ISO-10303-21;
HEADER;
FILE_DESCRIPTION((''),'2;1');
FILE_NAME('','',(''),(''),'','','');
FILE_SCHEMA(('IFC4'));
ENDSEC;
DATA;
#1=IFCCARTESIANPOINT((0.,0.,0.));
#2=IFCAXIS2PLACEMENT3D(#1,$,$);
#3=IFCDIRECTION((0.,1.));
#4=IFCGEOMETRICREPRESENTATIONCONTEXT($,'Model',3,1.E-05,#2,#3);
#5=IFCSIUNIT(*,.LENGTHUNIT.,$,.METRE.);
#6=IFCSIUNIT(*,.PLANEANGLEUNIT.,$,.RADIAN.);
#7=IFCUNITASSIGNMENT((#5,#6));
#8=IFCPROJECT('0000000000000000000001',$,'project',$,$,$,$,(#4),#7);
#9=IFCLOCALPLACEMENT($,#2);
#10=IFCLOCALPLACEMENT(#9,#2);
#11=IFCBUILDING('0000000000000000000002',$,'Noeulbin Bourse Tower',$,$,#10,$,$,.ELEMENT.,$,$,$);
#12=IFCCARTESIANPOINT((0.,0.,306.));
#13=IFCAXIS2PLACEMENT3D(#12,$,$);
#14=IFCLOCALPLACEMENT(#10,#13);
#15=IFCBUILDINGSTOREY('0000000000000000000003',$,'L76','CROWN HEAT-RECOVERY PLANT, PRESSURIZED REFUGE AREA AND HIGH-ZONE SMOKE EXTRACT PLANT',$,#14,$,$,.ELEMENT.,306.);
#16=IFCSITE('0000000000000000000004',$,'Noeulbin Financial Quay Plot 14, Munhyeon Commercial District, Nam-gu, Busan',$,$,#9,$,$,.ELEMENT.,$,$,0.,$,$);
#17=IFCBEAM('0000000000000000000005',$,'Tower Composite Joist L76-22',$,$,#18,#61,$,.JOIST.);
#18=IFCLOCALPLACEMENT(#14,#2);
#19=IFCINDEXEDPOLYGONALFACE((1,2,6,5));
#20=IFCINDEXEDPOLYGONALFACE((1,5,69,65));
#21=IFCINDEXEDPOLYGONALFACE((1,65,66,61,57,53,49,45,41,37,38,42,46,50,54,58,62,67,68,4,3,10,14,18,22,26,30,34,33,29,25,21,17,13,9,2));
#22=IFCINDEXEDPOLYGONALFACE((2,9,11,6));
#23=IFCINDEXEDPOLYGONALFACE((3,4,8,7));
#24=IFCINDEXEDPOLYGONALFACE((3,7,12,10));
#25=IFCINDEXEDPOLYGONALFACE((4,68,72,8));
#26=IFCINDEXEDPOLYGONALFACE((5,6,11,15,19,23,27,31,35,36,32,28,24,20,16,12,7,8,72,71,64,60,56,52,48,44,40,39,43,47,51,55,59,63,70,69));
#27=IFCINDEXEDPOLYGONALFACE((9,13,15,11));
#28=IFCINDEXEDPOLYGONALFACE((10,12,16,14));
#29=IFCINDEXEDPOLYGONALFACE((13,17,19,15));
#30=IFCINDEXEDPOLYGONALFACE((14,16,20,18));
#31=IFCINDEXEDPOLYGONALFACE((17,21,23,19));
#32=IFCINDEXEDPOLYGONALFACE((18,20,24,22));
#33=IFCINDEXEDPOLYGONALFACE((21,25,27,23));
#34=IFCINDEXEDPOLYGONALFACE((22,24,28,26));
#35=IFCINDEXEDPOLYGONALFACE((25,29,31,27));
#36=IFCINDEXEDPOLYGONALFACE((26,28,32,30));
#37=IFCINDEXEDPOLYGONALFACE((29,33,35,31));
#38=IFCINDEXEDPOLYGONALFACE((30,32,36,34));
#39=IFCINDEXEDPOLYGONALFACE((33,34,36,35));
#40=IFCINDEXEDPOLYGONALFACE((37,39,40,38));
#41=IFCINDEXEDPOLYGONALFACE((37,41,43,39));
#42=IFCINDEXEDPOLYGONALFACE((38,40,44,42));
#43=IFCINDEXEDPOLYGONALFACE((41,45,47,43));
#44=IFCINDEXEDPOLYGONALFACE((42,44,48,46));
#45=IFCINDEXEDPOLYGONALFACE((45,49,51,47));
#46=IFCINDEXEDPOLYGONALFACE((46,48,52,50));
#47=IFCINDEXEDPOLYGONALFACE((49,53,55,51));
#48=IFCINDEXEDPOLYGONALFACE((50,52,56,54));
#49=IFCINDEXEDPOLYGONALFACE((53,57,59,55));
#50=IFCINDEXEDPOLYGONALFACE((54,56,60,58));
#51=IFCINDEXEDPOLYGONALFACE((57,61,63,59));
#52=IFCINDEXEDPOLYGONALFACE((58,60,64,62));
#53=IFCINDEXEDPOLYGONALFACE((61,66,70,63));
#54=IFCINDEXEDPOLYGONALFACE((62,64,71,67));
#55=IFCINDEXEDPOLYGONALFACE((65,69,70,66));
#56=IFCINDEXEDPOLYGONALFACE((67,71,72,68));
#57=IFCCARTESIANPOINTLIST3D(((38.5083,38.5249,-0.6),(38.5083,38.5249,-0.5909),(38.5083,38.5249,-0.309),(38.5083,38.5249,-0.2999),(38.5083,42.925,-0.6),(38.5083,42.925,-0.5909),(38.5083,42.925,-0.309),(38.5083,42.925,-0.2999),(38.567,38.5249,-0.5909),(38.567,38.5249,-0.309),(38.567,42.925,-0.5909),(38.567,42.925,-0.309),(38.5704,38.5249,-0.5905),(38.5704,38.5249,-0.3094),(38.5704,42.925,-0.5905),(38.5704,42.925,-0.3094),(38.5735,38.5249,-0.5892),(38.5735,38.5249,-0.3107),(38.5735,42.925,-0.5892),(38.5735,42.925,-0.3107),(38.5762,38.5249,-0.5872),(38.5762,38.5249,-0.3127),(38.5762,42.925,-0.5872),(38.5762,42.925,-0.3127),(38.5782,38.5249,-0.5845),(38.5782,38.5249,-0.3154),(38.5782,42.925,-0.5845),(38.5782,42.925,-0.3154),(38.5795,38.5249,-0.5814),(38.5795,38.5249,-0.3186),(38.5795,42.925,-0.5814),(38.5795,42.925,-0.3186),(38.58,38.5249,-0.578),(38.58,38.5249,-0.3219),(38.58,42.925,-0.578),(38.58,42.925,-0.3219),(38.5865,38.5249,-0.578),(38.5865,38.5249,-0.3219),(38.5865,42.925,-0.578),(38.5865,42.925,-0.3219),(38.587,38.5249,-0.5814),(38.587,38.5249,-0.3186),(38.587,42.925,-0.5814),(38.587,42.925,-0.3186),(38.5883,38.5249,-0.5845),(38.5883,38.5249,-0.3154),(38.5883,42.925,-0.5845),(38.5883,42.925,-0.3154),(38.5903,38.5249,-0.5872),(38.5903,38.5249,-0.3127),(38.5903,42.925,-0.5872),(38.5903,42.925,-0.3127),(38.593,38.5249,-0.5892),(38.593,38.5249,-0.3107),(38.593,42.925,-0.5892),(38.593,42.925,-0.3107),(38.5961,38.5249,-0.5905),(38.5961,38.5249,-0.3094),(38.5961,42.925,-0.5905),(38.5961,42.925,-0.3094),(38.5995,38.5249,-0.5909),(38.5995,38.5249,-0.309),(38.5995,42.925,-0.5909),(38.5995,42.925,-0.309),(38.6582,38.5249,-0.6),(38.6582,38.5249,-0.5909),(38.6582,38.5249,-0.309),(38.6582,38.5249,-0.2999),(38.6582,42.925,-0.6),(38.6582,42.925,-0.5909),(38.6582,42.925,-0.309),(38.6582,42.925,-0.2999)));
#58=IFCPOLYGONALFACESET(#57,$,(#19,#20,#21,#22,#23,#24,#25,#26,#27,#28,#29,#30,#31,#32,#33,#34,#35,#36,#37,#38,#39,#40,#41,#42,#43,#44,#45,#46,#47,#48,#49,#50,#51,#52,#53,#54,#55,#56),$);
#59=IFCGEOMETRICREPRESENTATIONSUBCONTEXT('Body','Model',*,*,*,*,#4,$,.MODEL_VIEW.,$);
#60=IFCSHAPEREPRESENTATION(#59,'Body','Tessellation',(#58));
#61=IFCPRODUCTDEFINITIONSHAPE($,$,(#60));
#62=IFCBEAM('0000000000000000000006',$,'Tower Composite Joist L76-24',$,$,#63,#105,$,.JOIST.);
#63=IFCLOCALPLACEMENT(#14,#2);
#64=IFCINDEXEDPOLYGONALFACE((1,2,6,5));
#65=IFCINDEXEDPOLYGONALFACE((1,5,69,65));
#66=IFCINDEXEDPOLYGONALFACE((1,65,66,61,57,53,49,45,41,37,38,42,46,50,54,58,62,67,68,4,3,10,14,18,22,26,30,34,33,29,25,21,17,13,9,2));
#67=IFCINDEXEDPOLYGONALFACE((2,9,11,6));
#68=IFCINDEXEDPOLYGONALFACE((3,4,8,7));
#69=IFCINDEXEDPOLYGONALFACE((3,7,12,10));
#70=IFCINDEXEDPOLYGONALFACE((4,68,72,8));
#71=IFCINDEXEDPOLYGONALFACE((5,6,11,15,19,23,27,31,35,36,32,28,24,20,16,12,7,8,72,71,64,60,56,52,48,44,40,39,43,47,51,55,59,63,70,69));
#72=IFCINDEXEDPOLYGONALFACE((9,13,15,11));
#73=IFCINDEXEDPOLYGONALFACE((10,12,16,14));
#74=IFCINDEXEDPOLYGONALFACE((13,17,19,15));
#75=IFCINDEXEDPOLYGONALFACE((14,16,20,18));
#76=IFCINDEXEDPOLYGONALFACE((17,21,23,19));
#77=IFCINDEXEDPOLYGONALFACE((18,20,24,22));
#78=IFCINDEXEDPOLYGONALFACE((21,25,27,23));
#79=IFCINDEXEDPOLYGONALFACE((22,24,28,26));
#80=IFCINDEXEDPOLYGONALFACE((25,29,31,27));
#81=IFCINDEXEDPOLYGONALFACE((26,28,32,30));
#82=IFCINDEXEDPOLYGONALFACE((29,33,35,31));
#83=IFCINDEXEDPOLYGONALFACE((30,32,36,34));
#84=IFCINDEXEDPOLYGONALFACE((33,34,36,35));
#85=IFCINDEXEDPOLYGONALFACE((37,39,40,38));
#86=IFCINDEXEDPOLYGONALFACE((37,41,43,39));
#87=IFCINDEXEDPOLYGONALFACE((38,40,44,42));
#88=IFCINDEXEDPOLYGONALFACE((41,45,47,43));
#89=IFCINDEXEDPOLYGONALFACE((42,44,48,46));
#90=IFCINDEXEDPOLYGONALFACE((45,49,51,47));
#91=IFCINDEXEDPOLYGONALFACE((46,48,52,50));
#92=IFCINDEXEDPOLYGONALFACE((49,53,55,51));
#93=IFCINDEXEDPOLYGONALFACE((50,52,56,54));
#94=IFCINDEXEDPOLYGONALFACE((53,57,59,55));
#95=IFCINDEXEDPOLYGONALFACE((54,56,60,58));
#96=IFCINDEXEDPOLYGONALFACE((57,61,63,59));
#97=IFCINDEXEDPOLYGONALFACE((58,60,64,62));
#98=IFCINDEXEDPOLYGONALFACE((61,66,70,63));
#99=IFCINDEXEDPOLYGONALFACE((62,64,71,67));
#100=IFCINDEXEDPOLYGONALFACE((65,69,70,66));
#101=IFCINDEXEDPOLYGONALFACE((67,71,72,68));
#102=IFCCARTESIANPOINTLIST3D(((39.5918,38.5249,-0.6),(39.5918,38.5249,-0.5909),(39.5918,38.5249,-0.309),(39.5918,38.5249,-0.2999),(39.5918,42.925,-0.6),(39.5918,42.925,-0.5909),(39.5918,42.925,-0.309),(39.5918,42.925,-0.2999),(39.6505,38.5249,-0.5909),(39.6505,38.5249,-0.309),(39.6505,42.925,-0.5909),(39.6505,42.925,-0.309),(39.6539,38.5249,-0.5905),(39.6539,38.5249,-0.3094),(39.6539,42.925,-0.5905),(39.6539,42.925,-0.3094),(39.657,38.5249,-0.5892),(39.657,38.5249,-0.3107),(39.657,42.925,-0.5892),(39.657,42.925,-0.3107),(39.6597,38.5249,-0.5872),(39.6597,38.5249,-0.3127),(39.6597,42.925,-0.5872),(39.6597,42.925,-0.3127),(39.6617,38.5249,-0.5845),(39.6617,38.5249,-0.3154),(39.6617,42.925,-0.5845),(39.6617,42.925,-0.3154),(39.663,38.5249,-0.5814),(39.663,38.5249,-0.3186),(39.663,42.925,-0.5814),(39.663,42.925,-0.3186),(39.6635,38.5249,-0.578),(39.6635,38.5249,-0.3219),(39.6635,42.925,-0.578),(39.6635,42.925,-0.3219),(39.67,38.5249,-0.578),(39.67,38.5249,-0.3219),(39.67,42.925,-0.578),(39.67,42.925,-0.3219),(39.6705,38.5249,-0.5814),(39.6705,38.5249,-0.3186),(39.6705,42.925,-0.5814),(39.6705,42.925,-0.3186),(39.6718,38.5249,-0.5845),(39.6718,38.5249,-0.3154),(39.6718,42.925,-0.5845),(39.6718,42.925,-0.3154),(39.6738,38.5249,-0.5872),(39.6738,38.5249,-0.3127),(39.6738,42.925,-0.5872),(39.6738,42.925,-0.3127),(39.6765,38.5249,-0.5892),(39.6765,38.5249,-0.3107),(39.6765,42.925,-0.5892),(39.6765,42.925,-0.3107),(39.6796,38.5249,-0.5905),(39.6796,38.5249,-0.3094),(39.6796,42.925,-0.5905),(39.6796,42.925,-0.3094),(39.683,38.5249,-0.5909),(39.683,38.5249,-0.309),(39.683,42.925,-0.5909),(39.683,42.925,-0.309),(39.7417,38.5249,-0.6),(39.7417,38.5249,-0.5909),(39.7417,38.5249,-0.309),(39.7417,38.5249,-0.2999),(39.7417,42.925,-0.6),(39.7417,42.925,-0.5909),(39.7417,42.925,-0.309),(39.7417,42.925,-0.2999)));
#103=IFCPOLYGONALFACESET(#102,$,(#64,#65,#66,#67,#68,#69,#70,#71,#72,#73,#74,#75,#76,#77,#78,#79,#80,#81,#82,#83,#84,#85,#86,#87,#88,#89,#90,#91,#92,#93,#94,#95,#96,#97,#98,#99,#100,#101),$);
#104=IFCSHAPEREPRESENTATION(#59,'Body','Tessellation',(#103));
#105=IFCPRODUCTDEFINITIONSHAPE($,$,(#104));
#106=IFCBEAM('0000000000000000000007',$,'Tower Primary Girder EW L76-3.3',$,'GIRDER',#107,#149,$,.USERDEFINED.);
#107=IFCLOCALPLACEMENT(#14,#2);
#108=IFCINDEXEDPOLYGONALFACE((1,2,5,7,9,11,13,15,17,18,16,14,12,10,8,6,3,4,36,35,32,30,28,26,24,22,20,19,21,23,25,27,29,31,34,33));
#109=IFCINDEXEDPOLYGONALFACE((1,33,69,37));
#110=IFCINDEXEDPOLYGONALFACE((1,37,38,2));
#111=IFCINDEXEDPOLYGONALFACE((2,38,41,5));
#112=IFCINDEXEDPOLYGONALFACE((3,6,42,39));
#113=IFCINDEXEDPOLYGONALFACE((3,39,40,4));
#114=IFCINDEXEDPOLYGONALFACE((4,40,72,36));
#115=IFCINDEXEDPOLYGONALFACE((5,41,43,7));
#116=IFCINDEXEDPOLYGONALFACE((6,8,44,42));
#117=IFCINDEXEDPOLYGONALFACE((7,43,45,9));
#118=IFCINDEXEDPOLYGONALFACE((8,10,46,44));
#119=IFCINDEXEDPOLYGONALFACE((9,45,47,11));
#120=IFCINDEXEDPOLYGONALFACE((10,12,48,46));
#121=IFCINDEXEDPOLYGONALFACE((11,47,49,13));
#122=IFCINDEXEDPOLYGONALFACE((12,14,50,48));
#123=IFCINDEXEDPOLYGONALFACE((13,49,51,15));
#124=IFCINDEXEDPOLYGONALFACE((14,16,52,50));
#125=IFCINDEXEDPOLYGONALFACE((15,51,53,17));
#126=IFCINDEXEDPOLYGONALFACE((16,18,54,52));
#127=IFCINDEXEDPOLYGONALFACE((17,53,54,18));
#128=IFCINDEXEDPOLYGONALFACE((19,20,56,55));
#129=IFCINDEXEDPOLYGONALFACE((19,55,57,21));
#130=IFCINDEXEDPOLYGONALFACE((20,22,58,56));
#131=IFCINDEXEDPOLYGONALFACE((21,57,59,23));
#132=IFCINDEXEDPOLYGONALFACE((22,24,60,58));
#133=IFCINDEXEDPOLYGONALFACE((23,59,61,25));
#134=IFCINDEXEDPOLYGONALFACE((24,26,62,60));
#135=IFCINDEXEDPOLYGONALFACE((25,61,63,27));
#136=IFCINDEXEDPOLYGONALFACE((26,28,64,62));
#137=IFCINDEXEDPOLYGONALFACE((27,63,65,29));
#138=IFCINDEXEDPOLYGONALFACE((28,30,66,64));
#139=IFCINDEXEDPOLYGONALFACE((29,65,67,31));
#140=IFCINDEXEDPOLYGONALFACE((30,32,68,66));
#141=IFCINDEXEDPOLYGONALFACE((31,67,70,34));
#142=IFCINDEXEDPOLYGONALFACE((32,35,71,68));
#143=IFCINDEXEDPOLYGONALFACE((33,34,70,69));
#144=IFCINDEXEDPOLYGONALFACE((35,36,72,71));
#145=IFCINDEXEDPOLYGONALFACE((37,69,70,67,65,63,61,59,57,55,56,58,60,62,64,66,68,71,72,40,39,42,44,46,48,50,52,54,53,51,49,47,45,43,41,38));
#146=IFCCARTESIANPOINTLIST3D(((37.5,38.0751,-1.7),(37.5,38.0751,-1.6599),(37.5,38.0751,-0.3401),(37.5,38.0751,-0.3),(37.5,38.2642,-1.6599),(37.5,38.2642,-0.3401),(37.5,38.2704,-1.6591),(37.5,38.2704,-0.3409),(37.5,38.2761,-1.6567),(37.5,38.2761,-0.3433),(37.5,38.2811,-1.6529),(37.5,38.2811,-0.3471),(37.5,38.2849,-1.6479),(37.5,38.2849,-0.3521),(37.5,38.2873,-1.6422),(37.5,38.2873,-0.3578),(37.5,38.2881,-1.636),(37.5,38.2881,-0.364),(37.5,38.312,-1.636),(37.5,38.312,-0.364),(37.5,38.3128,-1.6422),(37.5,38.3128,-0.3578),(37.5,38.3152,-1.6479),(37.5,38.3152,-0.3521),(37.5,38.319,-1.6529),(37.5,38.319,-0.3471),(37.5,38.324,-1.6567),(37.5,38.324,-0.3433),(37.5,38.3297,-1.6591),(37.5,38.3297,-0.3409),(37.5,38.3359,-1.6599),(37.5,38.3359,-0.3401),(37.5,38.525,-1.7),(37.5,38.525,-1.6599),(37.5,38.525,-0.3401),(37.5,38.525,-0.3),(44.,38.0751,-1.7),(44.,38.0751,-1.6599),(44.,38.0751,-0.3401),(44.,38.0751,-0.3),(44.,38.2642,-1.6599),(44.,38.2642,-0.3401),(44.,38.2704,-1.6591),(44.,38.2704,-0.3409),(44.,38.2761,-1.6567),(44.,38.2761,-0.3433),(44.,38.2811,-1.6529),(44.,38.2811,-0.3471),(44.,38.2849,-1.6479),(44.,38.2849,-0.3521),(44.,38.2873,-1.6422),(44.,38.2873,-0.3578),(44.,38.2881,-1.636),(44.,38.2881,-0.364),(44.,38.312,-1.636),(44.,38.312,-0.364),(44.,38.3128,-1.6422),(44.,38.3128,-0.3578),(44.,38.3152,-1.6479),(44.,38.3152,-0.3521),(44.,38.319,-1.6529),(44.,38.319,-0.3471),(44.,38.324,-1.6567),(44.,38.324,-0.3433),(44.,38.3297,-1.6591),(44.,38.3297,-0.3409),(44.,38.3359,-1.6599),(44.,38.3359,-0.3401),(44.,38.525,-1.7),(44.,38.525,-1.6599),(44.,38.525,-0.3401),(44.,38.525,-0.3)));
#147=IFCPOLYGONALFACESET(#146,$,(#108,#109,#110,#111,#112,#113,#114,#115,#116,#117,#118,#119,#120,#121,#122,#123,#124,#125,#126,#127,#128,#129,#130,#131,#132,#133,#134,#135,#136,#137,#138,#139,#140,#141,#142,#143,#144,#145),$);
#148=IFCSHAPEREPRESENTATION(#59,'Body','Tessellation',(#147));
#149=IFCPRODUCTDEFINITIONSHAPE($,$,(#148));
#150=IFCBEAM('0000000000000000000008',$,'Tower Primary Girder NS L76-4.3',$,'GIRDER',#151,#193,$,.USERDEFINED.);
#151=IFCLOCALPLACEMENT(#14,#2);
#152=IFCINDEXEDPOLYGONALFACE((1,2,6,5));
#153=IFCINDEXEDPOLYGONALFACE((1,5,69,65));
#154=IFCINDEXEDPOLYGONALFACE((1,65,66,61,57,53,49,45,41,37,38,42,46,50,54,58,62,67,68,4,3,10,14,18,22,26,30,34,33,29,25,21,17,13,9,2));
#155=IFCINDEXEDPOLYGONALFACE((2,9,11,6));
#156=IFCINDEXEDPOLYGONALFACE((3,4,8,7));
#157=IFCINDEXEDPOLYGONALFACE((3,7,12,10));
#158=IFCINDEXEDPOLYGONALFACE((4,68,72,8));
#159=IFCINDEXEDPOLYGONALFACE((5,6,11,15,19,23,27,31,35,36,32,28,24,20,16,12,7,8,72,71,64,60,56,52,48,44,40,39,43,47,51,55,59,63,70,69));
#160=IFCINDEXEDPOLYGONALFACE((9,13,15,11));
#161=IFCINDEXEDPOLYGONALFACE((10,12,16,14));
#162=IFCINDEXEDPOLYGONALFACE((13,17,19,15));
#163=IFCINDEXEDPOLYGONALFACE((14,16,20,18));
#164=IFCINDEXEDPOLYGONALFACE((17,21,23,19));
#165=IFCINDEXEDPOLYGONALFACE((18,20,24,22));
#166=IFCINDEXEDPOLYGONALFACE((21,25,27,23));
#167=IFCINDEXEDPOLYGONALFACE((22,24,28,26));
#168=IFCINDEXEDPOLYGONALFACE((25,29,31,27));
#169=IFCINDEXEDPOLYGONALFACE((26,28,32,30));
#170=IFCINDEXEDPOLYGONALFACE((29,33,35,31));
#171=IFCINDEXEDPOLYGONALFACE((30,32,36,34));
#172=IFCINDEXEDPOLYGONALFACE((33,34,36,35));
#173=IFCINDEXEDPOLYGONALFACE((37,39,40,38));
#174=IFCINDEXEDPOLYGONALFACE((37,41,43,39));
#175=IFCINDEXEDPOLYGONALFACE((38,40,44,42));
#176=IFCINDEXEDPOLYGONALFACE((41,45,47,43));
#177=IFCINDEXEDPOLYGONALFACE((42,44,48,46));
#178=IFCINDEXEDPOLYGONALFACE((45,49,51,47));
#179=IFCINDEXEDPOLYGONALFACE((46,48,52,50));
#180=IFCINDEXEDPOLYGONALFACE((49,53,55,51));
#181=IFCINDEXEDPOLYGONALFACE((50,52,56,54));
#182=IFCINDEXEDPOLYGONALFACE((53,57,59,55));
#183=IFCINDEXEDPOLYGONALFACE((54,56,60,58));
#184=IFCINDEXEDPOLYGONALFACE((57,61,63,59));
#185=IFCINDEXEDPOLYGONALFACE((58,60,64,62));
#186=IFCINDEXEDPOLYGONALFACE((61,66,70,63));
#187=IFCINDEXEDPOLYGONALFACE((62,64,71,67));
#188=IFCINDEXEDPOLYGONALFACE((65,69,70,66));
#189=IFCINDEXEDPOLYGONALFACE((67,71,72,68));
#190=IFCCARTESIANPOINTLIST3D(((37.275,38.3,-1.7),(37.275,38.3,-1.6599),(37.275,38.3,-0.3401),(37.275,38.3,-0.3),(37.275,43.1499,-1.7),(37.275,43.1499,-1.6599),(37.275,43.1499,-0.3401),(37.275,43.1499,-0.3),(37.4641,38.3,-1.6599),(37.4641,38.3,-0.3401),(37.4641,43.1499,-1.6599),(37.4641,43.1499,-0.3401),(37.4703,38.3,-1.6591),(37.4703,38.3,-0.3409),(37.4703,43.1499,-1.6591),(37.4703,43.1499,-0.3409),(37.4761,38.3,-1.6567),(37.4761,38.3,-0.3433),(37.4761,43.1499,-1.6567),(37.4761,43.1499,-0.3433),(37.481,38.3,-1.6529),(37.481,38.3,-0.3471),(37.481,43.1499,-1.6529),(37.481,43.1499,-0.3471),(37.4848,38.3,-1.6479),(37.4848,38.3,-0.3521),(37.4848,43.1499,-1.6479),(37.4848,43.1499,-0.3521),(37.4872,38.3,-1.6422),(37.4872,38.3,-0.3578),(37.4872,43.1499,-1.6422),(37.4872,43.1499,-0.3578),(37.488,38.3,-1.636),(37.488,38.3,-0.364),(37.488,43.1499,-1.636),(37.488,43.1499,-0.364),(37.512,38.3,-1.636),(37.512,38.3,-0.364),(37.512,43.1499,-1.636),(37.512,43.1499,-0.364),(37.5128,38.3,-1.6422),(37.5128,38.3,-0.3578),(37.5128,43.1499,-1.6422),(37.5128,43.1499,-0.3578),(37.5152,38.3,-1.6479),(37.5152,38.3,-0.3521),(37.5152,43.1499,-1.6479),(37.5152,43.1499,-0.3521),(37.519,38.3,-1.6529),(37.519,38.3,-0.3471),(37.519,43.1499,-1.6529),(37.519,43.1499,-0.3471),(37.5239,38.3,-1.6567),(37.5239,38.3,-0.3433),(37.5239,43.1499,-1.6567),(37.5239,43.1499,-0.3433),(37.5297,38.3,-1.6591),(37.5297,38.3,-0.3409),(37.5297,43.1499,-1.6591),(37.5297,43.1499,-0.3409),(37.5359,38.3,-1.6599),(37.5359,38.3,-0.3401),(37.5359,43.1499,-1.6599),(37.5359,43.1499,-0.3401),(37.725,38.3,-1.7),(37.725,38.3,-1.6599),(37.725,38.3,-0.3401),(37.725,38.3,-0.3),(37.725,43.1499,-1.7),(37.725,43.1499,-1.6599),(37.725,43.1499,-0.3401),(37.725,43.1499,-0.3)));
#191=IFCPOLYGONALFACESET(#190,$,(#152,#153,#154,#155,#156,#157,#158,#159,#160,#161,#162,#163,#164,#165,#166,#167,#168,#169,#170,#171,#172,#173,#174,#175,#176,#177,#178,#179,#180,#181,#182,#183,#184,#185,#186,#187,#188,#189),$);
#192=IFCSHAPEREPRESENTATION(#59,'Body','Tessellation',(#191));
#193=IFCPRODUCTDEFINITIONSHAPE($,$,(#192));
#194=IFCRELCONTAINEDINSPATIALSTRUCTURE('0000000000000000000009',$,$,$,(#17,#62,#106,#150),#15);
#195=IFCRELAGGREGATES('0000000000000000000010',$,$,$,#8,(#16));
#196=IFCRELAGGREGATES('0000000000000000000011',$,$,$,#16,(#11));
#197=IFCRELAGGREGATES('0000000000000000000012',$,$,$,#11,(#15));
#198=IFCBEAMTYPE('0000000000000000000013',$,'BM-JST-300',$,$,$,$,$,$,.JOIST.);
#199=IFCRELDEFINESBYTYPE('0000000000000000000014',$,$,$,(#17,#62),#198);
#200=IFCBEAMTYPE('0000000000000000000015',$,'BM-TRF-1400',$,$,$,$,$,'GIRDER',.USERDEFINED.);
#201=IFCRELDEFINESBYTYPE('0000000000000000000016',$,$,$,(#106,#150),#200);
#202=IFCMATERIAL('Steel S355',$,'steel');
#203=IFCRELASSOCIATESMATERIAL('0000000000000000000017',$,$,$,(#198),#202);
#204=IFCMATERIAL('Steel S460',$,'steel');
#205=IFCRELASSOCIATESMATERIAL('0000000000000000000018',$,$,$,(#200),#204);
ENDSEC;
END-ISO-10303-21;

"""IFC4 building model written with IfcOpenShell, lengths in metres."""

from ifc_helpers import new_model, si_unit, direction, frame, origin, origin_2d, place, context, subcontext, project, spatial, i_section, extrude, material, material_profile, profile_set, type_object, element, save


model = new_model("IFC4")

# Units and contexts
model_context = context("Model", 3, precision=1e-05, world=origin(), true_north=direction((0.0, 1.0)))
body_context = subcontext(model_context, "Body", "Model", "MODEL_VIEW")
ifc_project = project(units=[si_unit("LENGTHUNIT", "METRE"), si_unit("PLANEANGLEUNIT", "RADIAN")], contexts=[model_context])

# Site, building, storey
site_placement = place(None, origin())
site = spatial("IfcSite", under=ifc_project, at=site_placement, Name="Noeulbin Financial Quay Plot 14, Munhyeon Commercial District, Nam-gu, Busan", CompositionType="ELEMENT", RefElevation=0.0)
building_placement = place(site_placement, origin())
building = spatial("IfcBuilding", under=site, at=building_placement, Name="Noeulbin Bourse Tower", CompositionType="ELEMENT")
storey_placement = place(building_placement, frame((0.0, 0.0, 306.0)))
storey = spatial("IfcBuildingStorey", under=building, at=storey_placement, Name="L76", Description="CROWN HEAT-RECOVERY PLANT, PRESSURIZED REFUGE AREA AND HIGH-ZONE SMOKE EXTRACT PLANT", CompositionType="ELEMENT", Elevation=306.0)

# Shared definitions
ifc_material_1 = material(Name="Steel S355", Category="steel")

# Beams
ifc_material_profile_1 = material_profile(ifc_material_1, i_section(OverallWidth=0.1499, OverallDepth=0.3, WebThickness=0.0066, FlangeThickness=0.009, FilletRadius=0.0129, at=origin_2d()), Name="H-300x150x6.5x9", Category="LoadBearing")
ifc_profile_set_1 = profile_set([ifc_material_profile_1], Name="Steel S355")
beam_type_1 = type_object("IfcBeamType", Name="BM-JST-300", PredefinedType="JOIST", material=ifc_profile_set_1)
for number, where, z_axis, x_axis, name in (
    (1, (38.5833, 38.5249, -0.45), (0.0, 1.0, 0.0), (-1.0, 0.0, 0.0), "Tower Composite Joist L76-22"),
    (2, (39.6667, 38.5249, -0.45), (0.0, 1.0, 0.0), (-1.0, 0.0, 0.0), "Tower Composite Joist L76-24"),
):
    element("IfcBeam", number, at=place(storey_placement, frame(where, z_axis=z_axis, x_axis=x_axis)), inside=storey, type_object=beam_type_1, Name=name, PredefinedType="JOIST", context=body_context, shape_type="SweptSolid", body=[
        extrude(i_section(OverallWidth=0.1499, OverallDepth=0.3, WebThickness=0.0066, FlangeThickness=0.009, FilletRadius=0.0129, at=origin_2d()), origin(), (0.0, 0.0, 1.0), 4.4001),
    ])
ifc_material_2 = material(Name="Steel S460", Category="steel")
ifc_material_profile_2 = material_profile(ifc_material_2, i_section(OverallWidth=0.45, OverallDepth=1.3999, WebThickness=0.0239, FlangeThickness=0.04, FilletRadius=0.0239, at=origin_2d()), Name="PG-1400x450x24x40", Category="LoadBearing")
ifc_profile_set_2 = profile_set([ifc_material_profile_2], Name="Steel S460")
beam_type_2 = type_object("IfcBeamType", Name="BM-TRF-1400", ElementType="GIRDER", PredefinedType="USERDEFINED", material=ifc_profile_set_2)
beam_1_placement = place(storey_placement, frame((37.5, 38.3, -1.0), z_axis=(1.0, 0.0, 0.0), x_axis=(0.0, 1.0, 0.0)))
element("IfcBeam", 3, at=beam_1_placement, inside=storey, type_object=beam_type_2, Name="Tower Primary Girder EW L76-3.3", ObjectType="GIRDER", PredefinedType="USERDEFINED", context=body_context, shape_type="SweptSolid", body=[
    extrude(i_section(OverallWidth=0.45, OverallDepth=1.3999, WebThickness=0.0239, FlangeThickness=0.04, FilletRadius=0.0239, at=origin_2d()), origin(), (0.0, 0.0, 1.0), 6.5),
])
beam_2_placement = place(storey_placement, frame((37.5, 38.3, -1.0), z_axis=(0.0, 1.0, 0.0), x_axis=(-1.0, 0.0, 0.0)))
element("IfcBeam", 4, at=beam_2_placement, inside=storey, type_object=beam_type_2, Name="Tower Primary Girder NS L76-4.3", ObjectType="GIRDER", PredefinedType="USERDEFINED", context=body_context, shape_type="SweptSolid", body=[
    extrude(i_section(OverallWidth=0.45, OverallDepth=1.3999, WebThickness=0.0239, FlangeThickness=0.04, FilletRadius=0.0239, at=origin_2d()), origin(), (0.0, 0.0, 1.0), 4.8499),
])

save(model, "model.ifc")
